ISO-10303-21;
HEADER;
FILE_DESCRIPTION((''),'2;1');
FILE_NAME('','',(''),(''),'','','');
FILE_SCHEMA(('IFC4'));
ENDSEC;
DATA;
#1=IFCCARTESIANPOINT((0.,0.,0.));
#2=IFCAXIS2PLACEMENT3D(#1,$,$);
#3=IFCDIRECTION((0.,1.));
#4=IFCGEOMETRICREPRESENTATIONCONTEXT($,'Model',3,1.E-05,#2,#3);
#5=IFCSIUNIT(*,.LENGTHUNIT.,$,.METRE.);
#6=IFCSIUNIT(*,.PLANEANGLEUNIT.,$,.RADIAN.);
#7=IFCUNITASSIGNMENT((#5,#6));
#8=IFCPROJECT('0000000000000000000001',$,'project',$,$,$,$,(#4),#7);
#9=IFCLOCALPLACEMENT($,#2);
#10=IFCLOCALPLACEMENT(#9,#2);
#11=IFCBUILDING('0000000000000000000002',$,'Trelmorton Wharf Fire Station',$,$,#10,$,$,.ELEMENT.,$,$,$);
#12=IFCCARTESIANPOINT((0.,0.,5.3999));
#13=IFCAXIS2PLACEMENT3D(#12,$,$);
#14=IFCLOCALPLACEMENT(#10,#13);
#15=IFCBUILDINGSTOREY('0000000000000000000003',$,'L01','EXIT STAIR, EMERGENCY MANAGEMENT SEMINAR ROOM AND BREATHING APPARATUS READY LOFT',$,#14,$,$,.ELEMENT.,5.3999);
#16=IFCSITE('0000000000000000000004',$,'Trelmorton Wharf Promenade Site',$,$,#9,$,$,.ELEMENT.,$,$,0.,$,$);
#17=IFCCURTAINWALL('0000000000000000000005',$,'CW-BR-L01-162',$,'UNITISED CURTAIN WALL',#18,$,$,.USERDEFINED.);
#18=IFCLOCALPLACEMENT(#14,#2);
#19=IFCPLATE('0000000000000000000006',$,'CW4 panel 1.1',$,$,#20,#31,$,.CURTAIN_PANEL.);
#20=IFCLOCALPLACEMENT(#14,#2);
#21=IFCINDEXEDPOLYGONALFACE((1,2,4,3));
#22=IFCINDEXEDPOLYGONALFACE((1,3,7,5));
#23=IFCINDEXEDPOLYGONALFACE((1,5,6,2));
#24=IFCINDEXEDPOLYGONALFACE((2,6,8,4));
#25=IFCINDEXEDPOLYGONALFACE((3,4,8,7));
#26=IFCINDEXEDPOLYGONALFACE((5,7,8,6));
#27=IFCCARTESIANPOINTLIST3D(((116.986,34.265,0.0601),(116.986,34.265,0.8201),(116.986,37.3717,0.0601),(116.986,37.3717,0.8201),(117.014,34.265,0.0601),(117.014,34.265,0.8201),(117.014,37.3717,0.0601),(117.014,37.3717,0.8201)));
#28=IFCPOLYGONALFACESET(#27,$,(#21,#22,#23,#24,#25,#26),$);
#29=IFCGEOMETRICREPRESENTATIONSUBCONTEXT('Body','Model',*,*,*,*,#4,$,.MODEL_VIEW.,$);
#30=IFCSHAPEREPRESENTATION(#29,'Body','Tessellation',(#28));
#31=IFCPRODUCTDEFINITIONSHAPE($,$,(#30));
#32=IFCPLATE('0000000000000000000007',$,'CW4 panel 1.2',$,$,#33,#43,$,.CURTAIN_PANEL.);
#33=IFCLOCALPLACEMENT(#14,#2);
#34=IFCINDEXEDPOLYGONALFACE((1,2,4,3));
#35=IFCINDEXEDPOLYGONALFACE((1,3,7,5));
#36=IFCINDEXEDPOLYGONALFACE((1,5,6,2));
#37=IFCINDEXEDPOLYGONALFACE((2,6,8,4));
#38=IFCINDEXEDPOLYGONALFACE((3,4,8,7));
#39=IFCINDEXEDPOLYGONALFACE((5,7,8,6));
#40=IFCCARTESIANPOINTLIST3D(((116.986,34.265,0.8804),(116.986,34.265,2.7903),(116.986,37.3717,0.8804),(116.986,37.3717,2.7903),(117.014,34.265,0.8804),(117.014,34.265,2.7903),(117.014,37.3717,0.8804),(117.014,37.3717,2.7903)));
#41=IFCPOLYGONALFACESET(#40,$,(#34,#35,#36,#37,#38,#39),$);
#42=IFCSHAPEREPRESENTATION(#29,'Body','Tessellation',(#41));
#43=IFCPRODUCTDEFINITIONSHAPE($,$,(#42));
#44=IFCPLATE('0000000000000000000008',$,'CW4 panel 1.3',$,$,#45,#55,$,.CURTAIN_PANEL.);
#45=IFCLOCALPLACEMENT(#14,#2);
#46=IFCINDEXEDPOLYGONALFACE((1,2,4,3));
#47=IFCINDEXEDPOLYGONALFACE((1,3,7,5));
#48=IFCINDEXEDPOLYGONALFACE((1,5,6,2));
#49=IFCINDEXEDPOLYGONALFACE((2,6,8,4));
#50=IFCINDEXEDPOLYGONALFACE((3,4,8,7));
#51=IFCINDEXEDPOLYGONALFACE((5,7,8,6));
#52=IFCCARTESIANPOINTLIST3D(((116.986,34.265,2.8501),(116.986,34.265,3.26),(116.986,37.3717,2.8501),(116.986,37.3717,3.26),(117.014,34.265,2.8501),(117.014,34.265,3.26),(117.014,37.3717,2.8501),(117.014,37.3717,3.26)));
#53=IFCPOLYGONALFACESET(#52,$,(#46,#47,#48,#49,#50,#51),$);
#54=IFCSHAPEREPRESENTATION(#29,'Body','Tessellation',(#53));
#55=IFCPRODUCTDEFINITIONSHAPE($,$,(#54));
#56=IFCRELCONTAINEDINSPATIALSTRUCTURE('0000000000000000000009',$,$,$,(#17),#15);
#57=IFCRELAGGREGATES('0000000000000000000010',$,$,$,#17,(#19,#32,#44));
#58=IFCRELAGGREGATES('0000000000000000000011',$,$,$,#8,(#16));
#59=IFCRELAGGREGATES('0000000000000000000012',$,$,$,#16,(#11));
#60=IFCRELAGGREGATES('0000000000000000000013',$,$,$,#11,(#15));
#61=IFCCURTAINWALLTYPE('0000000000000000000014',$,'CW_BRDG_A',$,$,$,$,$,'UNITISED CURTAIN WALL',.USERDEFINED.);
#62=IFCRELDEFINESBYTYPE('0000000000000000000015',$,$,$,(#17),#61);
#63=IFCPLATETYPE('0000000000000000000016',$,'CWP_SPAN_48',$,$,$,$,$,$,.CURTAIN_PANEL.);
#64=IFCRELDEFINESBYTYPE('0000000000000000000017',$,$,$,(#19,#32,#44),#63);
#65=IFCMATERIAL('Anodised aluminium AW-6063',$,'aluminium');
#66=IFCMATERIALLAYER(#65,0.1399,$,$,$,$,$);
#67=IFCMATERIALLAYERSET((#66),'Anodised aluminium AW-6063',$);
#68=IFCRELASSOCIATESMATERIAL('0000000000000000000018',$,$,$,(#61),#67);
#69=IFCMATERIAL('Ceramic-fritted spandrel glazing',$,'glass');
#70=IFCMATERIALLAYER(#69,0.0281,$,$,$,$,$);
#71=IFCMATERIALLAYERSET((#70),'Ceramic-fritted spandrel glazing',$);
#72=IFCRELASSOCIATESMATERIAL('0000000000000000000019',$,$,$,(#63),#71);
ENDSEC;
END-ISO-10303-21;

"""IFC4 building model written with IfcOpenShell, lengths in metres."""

from ifc_helpers import new_model, si_unit, direction, frame, origin, origin_2d, place, context, subcontext, project, spatial, rectangle, extrude, material, layer, layer_set, type_object, element, aggregate, save


model = new_model("IFC4")

# Units and contexts
model_context = context("Model", 3, precision=1e-05, world=origin(), true_north=direction((0.0, 1.0)))
body_context = subcontext(model_context, "Body", "Model", "MODEL_VIEW")
ifc_project = project(units=[si_unit("LENGTHUNIT", "METRE"), si_unit("PLANEANGLEUNIT", "RADIAN")], contexts=[model_context])

# Site, building, storey
site_placement = place(None, origin())
site = spatial("IfcSite", under=ifc_project, at=site_placement, Name="Trelmorton Wharf Promenade Site", CompositionType="ELEMENT", RefElevation=0.0)
building_placement = place(site_placement, origin())
building = spatial("IfcBuilding", under=site, at=building_placement, Name="Trelmorton Wharf Fire Station", CompositionType="ELEMENT")
storey_placement = place(building_placement, frame((0.0, 0.0, 5.3999)))
storey = spatial("IfcBuildingStorey", under=building, at=storey_placement, Name="L01", Description="EXIT STAIR, EMERGENCY MANAGEMENT SEMINAR ROOM AND BREATHING APPARATUS READY LOFT", CompositionType="ELEMENT", Elevation=5.3999)

# Shared definitions
ifc_material_1 = material(Name="Anodised aluminium AW-6063", Category="aluminium")
ifc_layer_1 = layer(ifc_material_1, 0.1399)
ifc_layer_set_1 = layer_set([ifc_layer_1], Name="Anodised aluminium AW-6063")
curtain_wall_type = type_object("IfcCurtainWallType", Name="CW_BRDG_A", ElementType="UNITISED CURTAIN WALL", PredefinedType="USERDEFINED", material=ifc_layer_set_1)

# Curtain wall
curtain_wall_1_placement = place(storey_placement, origin())
curtain_wall_1 = element("IfcCurtainWall", 1, at=curtain_wall_1_placement, inside=storey, type_object=curtain_wall_type, Name="CW-BR-L01-162", ObjectType="UNITISED CURTAIN WALL", PredefinedType="USERDEFINED")

# Plates
ifc_material_2 = material(Name="Ceramic-fritted spandrel glazing", Category="glass")
ifc_layer_2 = layer(ifc_material_2, 0.0281)
ifc_layer_set_2 = layer_set([ifc_layer_2], Name="Ceramic-fritted spandrel glazing")
plate_type_1 = type_object("IfcPlateType", Name="CWP_SPAN_48", PredefinedType="CURTAIN_PANEL", material=ifc_layer_set_2)
plate_1_placement = place(storey_placement, frame((117.0, 35.8184, 0.0601), z_axis=(0.0, 0.0, 1.0), x_axis=(0.0, 1.0, 0.0)))
plate_1 = element("IfcPlate", 2, at=plate_1_placement, type_object=plate_type_1, Name="CW4 panel 1.1", PredefinedType="CURTAIN_PANEL", context=body_context, shape_type="SweptSolid", body=[
    extrude(rectangle(XDim=3.1067, YDim=0.0281, at=origin_2d()), origin(), (0.0, 0.0, 1.0), 0.76),
])
plate_2_placement = place(storey_placement, frame((117.0, 35.8184, 0.8804), z_axis=(0.0, 0.0, 1.0), x_axis=(0.0, 1.0, 0.0)))
plate_2 = element("IfcPlate", 3, at=plate_2_placement, type_object=plate_type_1, Name="CW4 panel 1.2", PredefinedType="CURTAIN_PANEL", context=body_context, shape_type="SweptSolid", body=[
    extrude(rectangle(XDim=3.1067, YDim=0.0281, at=origin_2d()), origin(), (0.0, 0.0, 1.0), 1.9099),
])
plate_3_placement = place(storey_placement, frame((117.0, 35.8184, 2.8501), z_axis=(0.0, 0.0, 1.0), x_axis=(0.0, 1.0, 0.0)))
plate_3 = element("IfcPlate", 4, at=plate_3_placement, type_object=plate_type_1, Name="CW4 panel 1.3", PredefinedType="CURTAIN_PANEL", context=body_context, shape_type="SweptSolid", body=[
    extrude(rectangle(XDim=3.1067, YDim=0.0281, at=origin_2d()), origin(), (0.0, 0.0, 1.0), 0.4099),
])
aggregate(curtain_wall_1, [plate_1, plate_2, plate_3])

save(model, "model.ifc")
